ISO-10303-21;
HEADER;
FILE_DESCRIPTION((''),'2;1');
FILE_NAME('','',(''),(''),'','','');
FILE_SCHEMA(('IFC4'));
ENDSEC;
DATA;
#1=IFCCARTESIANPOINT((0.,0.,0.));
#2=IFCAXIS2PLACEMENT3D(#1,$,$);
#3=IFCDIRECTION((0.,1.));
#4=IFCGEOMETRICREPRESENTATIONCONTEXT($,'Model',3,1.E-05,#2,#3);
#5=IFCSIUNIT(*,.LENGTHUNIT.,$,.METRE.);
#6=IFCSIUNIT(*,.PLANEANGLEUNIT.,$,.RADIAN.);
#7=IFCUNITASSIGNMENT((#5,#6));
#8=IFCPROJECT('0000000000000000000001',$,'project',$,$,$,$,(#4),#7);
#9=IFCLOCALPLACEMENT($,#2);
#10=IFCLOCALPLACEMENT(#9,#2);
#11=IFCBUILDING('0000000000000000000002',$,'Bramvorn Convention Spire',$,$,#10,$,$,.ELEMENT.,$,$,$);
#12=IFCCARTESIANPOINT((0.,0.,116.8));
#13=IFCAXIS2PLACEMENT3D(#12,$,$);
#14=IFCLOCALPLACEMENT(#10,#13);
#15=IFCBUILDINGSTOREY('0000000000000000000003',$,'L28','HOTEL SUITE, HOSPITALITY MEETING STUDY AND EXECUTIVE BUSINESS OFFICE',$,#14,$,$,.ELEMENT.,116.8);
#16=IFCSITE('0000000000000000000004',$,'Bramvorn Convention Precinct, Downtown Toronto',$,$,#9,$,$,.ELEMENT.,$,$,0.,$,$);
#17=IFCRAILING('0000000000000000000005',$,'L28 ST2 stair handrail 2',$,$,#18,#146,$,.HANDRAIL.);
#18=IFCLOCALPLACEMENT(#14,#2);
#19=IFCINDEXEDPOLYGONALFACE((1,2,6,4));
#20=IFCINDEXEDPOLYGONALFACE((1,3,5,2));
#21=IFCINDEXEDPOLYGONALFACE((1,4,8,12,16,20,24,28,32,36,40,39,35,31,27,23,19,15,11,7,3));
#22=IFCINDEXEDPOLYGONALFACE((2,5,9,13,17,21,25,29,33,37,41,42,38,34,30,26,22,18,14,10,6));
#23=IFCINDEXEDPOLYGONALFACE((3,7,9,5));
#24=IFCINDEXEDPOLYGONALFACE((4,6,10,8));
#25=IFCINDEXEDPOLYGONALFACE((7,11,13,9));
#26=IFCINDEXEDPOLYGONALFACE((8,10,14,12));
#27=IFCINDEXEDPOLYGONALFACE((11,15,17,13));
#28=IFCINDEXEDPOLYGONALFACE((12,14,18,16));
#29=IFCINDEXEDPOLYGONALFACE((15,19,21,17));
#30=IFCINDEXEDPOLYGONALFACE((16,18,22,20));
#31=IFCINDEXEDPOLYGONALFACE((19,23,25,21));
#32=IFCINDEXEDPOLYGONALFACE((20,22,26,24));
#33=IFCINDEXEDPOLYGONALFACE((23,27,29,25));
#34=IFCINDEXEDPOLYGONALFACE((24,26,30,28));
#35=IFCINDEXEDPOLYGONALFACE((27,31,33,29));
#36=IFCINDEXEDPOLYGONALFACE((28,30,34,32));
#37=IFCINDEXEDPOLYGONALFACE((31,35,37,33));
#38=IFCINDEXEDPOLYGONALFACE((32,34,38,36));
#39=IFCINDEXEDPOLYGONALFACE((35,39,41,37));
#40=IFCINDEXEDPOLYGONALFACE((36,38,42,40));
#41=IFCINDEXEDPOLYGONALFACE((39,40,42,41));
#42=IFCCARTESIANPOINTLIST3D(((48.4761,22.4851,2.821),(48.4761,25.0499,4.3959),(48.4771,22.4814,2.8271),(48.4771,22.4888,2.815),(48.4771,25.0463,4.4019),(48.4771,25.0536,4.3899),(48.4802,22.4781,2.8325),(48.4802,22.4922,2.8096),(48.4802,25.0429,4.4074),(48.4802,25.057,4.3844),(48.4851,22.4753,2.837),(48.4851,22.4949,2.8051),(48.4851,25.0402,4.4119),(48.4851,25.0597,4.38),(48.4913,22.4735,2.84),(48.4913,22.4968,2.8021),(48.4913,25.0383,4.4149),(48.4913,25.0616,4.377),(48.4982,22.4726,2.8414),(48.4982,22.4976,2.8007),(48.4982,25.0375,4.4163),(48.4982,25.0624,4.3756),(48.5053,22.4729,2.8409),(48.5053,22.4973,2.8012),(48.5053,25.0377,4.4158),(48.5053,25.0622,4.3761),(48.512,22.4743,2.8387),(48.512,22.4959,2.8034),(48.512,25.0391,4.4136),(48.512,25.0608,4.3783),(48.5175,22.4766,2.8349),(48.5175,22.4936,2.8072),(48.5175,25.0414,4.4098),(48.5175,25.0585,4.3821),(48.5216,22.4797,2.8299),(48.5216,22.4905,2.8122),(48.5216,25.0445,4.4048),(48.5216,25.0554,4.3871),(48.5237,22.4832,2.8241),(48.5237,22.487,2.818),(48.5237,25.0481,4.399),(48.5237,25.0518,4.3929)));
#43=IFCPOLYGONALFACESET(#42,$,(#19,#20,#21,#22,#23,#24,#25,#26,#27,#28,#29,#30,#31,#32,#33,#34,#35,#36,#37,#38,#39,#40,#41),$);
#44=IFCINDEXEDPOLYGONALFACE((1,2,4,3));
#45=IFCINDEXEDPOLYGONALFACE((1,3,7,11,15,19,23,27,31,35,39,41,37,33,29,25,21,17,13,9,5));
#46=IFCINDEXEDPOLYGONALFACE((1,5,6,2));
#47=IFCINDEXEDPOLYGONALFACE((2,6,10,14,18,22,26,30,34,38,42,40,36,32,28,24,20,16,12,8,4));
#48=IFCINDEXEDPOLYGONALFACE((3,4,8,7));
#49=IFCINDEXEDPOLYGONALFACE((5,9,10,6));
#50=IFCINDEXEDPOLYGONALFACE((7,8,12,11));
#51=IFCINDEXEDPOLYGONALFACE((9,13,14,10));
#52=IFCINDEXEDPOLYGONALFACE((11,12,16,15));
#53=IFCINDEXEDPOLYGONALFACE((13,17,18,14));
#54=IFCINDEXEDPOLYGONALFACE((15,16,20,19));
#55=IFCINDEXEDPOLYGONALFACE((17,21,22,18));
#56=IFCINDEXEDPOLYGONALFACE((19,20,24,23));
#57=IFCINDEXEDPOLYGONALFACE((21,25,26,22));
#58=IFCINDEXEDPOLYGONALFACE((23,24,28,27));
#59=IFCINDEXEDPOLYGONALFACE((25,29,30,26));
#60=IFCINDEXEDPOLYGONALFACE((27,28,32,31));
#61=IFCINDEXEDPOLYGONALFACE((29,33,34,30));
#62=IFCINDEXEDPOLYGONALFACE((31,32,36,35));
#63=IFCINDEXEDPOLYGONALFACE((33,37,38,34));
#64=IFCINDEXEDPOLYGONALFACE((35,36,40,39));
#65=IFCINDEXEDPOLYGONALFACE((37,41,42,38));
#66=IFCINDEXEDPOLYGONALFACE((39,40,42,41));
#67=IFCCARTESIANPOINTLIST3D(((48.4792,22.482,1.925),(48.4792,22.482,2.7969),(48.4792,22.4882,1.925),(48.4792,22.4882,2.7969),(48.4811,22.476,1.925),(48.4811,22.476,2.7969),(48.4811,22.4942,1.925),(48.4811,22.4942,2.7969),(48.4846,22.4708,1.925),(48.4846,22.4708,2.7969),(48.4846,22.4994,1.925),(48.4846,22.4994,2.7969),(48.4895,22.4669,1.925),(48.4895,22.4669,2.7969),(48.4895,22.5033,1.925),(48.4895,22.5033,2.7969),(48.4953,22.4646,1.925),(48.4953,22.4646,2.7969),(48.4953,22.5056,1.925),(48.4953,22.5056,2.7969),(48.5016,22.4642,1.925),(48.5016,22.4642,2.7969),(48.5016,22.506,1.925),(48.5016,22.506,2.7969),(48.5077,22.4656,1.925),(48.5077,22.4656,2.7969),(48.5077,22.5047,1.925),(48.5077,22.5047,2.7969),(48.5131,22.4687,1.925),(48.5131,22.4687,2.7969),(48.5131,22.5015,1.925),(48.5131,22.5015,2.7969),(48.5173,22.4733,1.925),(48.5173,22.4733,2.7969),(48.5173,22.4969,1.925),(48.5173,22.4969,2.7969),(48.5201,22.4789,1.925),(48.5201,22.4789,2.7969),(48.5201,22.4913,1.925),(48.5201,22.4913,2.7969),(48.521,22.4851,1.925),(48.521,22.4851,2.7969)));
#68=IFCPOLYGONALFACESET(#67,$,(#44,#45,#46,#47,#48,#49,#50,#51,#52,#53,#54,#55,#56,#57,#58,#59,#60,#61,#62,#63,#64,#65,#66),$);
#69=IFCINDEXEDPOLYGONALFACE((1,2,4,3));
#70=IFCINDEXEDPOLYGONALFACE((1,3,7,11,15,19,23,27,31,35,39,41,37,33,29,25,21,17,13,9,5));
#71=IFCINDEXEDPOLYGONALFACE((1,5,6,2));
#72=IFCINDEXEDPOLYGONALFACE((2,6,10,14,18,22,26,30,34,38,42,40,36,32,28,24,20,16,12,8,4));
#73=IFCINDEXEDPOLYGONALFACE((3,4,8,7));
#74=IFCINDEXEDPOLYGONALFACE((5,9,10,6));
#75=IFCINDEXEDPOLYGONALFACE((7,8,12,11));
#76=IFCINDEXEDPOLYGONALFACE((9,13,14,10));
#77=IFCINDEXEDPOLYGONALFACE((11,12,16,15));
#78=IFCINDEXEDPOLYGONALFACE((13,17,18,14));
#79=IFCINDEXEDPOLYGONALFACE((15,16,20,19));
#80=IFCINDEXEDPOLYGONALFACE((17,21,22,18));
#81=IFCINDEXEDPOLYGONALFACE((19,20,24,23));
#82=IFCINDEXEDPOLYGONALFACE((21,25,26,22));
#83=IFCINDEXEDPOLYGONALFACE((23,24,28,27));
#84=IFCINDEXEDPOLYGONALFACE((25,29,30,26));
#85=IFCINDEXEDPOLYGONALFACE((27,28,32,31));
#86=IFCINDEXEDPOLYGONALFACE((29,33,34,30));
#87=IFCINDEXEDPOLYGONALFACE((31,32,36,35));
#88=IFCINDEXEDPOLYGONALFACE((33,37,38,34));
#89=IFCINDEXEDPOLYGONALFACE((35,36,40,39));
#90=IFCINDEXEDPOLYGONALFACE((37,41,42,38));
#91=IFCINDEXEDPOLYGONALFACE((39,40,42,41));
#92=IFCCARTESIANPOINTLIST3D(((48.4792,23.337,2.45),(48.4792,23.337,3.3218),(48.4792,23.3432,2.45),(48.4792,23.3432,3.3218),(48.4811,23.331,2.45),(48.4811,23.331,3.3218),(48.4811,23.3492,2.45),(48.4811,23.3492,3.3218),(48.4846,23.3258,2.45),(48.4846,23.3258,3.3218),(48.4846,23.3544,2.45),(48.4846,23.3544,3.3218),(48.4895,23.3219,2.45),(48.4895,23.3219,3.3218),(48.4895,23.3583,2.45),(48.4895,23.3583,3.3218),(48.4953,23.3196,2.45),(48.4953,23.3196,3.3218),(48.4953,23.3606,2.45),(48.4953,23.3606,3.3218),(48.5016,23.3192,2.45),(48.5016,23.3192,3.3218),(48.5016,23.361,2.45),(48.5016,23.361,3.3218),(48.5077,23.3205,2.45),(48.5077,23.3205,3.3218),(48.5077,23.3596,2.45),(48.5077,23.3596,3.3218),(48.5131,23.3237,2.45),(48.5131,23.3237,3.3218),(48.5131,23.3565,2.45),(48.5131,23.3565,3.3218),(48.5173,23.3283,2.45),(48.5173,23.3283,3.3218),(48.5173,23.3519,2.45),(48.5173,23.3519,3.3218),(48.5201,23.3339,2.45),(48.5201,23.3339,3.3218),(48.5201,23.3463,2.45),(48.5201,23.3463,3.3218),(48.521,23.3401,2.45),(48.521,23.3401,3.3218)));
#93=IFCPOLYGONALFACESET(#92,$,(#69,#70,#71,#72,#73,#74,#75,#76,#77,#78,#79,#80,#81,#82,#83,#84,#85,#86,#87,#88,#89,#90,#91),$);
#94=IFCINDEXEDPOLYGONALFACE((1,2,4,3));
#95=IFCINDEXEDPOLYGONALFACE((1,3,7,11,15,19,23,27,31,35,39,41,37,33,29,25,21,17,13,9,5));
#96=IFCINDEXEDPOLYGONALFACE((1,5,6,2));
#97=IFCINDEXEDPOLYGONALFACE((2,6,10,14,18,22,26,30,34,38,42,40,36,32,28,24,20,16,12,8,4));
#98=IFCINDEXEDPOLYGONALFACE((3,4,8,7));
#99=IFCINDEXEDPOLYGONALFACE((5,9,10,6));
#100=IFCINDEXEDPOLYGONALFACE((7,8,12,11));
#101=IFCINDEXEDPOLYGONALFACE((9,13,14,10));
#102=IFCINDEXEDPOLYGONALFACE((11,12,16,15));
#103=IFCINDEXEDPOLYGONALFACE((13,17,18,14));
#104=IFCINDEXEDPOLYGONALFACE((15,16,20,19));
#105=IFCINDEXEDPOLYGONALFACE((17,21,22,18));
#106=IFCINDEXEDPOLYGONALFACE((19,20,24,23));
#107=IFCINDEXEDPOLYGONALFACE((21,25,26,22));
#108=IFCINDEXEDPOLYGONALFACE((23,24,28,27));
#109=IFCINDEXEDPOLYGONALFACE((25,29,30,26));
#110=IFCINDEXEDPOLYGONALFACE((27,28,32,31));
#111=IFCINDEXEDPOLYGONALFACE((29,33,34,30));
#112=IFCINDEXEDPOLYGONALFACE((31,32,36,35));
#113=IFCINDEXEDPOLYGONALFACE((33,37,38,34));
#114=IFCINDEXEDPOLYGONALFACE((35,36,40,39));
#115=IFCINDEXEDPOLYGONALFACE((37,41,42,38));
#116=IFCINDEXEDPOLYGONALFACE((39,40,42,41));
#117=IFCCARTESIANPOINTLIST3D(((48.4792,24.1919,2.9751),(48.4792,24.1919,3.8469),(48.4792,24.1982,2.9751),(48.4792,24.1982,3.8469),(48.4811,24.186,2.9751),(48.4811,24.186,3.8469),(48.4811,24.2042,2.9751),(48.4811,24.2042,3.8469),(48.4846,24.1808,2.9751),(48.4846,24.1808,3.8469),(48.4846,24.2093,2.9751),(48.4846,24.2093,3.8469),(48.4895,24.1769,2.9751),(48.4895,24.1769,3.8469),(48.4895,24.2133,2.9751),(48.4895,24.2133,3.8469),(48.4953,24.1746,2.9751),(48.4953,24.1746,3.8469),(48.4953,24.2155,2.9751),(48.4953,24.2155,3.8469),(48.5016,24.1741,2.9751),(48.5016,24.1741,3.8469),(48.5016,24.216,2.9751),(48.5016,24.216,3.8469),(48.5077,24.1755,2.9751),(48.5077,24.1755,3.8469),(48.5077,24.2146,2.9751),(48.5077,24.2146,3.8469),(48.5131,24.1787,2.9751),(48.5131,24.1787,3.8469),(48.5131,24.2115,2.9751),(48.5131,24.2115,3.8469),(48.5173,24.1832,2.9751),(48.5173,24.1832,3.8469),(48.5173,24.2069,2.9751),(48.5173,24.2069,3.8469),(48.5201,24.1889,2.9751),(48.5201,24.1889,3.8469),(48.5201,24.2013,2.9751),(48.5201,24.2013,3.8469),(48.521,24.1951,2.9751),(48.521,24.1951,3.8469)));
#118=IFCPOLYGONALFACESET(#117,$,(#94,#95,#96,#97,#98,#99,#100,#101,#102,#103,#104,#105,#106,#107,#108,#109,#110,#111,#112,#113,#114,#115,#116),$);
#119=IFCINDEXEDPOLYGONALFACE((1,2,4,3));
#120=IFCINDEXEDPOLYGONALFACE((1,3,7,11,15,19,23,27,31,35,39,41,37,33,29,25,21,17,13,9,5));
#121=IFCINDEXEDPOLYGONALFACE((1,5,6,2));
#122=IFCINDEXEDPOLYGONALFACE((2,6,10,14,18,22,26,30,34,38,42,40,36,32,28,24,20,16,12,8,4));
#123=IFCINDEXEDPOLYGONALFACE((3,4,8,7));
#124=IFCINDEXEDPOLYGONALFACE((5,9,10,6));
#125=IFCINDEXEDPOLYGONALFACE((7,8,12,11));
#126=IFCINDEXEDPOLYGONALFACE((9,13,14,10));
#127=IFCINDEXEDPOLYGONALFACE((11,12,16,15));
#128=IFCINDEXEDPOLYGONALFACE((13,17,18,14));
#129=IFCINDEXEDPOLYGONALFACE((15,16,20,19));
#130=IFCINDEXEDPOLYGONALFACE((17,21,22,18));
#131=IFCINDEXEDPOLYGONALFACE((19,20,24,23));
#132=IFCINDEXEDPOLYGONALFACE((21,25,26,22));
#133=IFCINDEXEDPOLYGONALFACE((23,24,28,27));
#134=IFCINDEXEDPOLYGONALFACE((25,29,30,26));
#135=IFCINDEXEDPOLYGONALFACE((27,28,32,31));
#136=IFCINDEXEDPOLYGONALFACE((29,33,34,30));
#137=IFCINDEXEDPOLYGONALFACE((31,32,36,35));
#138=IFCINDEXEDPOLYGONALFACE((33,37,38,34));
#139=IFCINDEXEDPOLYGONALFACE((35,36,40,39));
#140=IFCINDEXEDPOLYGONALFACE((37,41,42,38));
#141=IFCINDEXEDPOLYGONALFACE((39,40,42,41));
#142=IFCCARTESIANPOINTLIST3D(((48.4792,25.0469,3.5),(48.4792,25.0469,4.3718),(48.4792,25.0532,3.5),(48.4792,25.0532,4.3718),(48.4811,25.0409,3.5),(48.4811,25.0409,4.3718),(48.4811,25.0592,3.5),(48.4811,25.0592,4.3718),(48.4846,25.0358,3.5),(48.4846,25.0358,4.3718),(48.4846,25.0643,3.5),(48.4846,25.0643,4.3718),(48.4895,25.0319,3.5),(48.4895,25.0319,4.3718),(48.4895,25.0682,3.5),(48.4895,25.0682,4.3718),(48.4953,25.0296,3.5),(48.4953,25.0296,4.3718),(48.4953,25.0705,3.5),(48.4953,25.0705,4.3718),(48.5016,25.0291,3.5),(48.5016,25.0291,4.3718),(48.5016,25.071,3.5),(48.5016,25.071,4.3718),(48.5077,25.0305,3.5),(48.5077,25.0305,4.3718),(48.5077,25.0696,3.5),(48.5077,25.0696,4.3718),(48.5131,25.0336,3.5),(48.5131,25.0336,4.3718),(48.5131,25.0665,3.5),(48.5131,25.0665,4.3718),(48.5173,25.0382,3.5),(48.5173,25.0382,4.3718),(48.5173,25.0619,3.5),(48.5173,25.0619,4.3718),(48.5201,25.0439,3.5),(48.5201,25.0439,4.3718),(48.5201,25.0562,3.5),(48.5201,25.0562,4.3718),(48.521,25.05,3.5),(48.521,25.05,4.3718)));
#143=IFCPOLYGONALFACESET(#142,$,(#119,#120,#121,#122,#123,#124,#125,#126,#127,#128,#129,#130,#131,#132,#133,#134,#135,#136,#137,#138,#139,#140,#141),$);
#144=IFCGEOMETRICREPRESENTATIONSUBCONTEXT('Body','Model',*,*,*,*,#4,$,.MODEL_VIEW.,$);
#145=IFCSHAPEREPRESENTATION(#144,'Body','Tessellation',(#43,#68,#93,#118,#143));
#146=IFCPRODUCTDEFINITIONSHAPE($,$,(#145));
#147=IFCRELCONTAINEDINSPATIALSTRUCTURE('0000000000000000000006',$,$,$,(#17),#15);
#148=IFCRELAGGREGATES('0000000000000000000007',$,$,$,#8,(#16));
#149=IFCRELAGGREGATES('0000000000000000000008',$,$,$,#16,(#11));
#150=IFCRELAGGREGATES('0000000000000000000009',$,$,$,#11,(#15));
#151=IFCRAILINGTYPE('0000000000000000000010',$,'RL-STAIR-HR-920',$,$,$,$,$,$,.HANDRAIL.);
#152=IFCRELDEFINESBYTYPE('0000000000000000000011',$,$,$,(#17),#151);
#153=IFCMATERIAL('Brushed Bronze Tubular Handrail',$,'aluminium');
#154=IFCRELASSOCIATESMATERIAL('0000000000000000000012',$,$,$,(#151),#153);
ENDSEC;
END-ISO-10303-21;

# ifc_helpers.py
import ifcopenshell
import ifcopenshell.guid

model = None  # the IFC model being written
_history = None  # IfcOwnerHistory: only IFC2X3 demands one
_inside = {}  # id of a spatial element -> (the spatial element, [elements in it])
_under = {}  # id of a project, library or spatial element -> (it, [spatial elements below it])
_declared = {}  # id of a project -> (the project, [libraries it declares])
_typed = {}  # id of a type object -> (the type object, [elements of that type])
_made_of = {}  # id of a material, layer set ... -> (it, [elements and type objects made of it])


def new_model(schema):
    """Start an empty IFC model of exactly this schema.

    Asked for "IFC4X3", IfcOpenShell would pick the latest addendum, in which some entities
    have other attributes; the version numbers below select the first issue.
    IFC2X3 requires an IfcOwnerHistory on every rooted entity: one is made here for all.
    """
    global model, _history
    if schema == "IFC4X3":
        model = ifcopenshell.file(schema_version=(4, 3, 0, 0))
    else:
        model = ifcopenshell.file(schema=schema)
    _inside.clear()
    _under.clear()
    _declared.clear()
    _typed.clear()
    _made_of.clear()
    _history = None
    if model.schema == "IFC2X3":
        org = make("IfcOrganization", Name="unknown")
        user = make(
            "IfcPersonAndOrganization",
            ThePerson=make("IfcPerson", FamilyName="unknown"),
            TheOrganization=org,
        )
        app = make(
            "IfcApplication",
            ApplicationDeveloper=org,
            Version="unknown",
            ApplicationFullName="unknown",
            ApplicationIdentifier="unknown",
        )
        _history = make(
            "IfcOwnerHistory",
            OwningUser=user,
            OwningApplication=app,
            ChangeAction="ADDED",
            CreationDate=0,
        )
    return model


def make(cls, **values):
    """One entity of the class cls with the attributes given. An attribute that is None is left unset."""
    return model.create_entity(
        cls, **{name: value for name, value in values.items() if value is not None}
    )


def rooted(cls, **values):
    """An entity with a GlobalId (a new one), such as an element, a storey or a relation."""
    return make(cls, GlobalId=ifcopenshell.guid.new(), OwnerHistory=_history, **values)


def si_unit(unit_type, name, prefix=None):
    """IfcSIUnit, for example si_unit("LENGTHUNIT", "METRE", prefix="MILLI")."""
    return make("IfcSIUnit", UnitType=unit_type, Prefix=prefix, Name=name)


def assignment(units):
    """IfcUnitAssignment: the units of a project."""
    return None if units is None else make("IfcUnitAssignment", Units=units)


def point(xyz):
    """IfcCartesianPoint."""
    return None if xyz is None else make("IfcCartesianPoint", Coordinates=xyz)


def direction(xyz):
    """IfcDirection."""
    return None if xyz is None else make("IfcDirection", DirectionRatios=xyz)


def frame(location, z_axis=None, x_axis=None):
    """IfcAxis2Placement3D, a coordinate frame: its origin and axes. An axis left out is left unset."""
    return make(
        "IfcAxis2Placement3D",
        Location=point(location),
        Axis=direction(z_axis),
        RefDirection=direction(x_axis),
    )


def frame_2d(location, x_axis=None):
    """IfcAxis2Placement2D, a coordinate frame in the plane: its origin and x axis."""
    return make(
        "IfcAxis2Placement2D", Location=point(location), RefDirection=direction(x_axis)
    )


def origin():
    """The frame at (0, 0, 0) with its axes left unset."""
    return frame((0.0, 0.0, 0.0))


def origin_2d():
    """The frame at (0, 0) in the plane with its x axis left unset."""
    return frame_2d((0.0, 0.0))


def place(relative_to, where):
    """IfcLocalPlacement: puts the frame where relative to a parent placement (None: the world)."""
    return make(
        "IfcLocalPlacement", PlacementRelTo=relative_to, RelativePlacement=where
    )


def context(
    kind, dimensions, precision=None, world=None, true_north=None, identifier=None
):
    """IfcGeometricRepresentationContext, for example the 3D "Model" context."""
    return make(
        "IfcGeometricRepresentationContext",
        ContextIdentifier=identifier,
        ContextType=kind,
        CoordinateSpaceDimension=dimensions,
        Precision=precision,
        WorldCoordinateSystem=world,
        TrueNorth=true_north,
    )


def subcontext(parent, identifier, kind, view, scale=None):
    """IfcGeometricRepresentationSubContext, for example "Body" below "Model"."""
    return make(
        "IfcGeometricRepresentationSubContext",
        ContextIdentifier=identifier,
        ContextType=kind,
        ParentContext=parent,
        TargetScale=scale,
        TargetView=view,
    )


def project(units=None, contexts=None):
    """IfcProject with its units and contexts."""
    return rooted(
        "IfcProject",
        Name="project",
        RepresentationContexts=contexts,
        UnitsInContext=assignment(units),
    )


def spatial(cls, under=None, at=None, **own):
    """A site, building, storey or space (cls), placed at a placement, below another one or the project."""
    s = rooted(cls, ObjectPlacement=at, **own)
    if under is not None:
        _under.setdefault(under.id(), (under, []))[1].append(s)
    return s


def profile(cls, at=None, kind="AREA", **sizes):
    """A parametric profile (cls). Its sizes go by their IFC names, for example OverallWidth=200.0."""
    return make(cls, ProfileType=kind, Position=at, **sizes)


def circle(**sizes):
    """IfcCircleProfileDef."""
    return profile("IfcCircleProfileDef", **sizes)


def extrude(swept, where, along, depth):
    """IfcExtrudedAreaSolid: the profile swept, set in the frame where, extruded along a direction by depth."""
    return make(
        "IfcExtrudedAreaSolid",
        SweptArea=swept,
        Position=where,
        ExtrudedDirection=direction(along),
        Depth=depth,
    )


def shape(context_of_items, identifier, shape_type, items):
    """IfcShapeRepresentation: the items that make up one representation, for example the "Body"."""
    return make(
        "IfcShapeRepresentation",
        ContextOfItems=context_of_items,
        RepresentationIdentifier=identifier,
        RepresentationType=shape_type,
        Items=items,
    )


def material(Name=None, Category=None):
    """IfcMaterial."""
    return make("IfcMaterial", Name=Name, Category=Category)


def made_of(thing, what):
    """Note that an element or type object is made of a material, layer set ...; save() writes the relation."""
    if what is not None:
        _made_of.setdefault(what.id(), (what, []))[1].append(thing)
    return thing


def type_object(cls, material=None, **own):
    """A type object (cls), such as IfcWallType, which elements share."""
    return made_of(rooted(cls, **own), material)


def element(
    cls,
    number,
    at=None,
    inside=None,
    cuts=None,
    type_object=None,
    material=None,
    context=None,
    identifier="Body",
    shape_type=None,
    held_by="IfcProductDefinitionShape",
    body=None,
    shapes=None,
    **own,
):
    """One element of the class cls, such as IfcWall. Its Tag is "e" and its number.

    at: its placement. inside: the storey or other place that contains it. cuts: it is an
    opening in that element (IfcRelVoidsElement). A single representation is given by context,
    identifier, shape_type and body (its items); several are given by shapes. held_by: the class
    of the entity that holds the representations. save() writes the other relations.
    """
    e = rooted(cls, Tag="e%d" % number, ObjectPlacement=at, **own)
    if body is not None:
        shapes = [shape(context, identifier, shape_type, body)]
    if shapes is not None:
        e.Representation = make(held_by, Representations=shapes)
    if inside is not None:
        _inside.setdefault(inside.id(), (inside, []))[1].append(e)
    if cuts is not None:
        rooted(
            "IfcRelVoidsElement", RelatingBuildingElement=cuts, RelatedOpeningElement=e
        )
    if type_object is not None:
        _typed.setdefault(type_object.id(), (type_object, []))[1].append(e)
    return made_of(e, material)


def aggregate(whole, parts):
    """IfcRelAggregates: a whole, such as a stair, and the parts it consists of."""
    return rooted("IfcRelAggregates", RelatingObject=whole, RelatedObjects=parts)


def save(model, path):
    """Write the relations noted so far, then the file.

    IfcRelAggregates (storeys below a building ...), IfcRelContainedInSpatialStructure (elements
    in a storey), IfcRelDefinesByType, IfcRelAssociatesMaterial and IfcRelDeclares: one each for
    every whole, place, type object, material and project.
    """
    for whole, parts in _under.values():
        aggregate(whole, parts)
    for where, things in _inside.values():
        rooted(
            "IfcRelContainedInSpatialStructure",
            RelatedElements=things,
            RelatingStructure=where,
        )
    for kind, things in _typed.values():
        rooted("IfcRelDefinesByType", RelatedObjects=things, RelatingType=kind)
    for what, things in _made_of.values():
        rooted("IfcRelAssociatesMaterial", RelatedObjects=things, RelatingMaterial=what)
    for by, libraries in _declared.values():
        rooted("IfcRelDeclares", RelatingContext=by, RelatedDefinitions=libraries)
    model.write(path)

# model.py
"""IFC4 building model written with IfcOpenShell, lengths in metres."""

from ifc_helpers import new_model, si_unit, direction, frame, origin, origin_2d, place, context, subcontext, project, spatial, circle, extrude, material, type_object, element, save


model = new_model("IFC4")

# Units and contexts
model_context = context("Model", 3, precision=1e-05, world=origin(), true_north=direction((0.0, 1.0)))
body_context = subcontext(model_context, "Body", "Model", "MODEL_VIEW")
ifc_project = project(units=[si_unit("LENGTHUNIT", "METRE"), si_unit("PLANEANGLEUNIT", "RADIAN")], contexts=[model_context])

# Site, building, storey
site_placement = place(None, origin())
site = spatial("IfcSite", under=ifc_project, at=site_placement, Name="Bramvorn Convention Precinct, Downtown Toronto", CompositionType="ELEMENT", RefElevation=0.0)
building_placement = place(site_placement, origin())
building = spatial("IfcBuilding", under=site, at=building_placement, Name="Bramvorn Convention Spire", CompositionType="ELEMENT")
storey_placement = place(building_placement, frame((0.0, 0.0, 116.8)))
storey = spatial("IfcBuildingStorey", under=building, at=storey_placement, Name="L28", Description="HOTEL SUITE, HOSPITALITY MEETING STUDY AND EXECUTIVE BUSINESS OFFICE", CompositionType="ELEMENT", Elevation=116.8)

# Railing
ifc_material_1 = material(Name="Brushed Bronze Tubular Handrail", Category="aluminium")
railing_type_1 = type_object("IfcRailingType", Name="RL-STAIR-HR-920", PredefinedType="HANDRAIL", material=ifc_material_1)
railing_1_placement = place(storey_placement, frame((48.5, 22.4851, 1.925)))
element("IfcRailing", 1, at=railing_1_placement, inside=storey, type_object=railing_type_1, Name="L28 ST2 stair handrail 2", PredefinedType="HANDRAIL", context=body_context, shape_type="SweptSolid", body=[
    extrude(circle(Radius=0.0239, at=origin_2d()), frame((0.0, 0.0, 0.896), z_axis=(0.0, 0.852173, 0.52326), x_axis=(-1.0, 0.0, 0.0)), (0.0, 0.0, 1.0), 3.0098),
    extrude(circle(Radius=0.021, at=origin_2d()), origin(), (0.0, 0.0, 1.0), 0.8718),
    extrude(circle(Radius=0.021, at=origin_2d()), frame((0.0, 0.855, 0.5249)), (0.0, 0.0, 1.0), 0.8718),
    extrude(circle(Radius=0.021, at=origin_2d()), frame((0.0, 1.71, 1.05)), (0.0, 0.0, 1.0), 0.8718),
    extrude(circle(Radius=0.021, at=origin_2d()), frame((0.0, 2.5649, 1.575)), (0.0, 0.0, 1.0), 0.8718),
])

save(model, "model.ifc")
